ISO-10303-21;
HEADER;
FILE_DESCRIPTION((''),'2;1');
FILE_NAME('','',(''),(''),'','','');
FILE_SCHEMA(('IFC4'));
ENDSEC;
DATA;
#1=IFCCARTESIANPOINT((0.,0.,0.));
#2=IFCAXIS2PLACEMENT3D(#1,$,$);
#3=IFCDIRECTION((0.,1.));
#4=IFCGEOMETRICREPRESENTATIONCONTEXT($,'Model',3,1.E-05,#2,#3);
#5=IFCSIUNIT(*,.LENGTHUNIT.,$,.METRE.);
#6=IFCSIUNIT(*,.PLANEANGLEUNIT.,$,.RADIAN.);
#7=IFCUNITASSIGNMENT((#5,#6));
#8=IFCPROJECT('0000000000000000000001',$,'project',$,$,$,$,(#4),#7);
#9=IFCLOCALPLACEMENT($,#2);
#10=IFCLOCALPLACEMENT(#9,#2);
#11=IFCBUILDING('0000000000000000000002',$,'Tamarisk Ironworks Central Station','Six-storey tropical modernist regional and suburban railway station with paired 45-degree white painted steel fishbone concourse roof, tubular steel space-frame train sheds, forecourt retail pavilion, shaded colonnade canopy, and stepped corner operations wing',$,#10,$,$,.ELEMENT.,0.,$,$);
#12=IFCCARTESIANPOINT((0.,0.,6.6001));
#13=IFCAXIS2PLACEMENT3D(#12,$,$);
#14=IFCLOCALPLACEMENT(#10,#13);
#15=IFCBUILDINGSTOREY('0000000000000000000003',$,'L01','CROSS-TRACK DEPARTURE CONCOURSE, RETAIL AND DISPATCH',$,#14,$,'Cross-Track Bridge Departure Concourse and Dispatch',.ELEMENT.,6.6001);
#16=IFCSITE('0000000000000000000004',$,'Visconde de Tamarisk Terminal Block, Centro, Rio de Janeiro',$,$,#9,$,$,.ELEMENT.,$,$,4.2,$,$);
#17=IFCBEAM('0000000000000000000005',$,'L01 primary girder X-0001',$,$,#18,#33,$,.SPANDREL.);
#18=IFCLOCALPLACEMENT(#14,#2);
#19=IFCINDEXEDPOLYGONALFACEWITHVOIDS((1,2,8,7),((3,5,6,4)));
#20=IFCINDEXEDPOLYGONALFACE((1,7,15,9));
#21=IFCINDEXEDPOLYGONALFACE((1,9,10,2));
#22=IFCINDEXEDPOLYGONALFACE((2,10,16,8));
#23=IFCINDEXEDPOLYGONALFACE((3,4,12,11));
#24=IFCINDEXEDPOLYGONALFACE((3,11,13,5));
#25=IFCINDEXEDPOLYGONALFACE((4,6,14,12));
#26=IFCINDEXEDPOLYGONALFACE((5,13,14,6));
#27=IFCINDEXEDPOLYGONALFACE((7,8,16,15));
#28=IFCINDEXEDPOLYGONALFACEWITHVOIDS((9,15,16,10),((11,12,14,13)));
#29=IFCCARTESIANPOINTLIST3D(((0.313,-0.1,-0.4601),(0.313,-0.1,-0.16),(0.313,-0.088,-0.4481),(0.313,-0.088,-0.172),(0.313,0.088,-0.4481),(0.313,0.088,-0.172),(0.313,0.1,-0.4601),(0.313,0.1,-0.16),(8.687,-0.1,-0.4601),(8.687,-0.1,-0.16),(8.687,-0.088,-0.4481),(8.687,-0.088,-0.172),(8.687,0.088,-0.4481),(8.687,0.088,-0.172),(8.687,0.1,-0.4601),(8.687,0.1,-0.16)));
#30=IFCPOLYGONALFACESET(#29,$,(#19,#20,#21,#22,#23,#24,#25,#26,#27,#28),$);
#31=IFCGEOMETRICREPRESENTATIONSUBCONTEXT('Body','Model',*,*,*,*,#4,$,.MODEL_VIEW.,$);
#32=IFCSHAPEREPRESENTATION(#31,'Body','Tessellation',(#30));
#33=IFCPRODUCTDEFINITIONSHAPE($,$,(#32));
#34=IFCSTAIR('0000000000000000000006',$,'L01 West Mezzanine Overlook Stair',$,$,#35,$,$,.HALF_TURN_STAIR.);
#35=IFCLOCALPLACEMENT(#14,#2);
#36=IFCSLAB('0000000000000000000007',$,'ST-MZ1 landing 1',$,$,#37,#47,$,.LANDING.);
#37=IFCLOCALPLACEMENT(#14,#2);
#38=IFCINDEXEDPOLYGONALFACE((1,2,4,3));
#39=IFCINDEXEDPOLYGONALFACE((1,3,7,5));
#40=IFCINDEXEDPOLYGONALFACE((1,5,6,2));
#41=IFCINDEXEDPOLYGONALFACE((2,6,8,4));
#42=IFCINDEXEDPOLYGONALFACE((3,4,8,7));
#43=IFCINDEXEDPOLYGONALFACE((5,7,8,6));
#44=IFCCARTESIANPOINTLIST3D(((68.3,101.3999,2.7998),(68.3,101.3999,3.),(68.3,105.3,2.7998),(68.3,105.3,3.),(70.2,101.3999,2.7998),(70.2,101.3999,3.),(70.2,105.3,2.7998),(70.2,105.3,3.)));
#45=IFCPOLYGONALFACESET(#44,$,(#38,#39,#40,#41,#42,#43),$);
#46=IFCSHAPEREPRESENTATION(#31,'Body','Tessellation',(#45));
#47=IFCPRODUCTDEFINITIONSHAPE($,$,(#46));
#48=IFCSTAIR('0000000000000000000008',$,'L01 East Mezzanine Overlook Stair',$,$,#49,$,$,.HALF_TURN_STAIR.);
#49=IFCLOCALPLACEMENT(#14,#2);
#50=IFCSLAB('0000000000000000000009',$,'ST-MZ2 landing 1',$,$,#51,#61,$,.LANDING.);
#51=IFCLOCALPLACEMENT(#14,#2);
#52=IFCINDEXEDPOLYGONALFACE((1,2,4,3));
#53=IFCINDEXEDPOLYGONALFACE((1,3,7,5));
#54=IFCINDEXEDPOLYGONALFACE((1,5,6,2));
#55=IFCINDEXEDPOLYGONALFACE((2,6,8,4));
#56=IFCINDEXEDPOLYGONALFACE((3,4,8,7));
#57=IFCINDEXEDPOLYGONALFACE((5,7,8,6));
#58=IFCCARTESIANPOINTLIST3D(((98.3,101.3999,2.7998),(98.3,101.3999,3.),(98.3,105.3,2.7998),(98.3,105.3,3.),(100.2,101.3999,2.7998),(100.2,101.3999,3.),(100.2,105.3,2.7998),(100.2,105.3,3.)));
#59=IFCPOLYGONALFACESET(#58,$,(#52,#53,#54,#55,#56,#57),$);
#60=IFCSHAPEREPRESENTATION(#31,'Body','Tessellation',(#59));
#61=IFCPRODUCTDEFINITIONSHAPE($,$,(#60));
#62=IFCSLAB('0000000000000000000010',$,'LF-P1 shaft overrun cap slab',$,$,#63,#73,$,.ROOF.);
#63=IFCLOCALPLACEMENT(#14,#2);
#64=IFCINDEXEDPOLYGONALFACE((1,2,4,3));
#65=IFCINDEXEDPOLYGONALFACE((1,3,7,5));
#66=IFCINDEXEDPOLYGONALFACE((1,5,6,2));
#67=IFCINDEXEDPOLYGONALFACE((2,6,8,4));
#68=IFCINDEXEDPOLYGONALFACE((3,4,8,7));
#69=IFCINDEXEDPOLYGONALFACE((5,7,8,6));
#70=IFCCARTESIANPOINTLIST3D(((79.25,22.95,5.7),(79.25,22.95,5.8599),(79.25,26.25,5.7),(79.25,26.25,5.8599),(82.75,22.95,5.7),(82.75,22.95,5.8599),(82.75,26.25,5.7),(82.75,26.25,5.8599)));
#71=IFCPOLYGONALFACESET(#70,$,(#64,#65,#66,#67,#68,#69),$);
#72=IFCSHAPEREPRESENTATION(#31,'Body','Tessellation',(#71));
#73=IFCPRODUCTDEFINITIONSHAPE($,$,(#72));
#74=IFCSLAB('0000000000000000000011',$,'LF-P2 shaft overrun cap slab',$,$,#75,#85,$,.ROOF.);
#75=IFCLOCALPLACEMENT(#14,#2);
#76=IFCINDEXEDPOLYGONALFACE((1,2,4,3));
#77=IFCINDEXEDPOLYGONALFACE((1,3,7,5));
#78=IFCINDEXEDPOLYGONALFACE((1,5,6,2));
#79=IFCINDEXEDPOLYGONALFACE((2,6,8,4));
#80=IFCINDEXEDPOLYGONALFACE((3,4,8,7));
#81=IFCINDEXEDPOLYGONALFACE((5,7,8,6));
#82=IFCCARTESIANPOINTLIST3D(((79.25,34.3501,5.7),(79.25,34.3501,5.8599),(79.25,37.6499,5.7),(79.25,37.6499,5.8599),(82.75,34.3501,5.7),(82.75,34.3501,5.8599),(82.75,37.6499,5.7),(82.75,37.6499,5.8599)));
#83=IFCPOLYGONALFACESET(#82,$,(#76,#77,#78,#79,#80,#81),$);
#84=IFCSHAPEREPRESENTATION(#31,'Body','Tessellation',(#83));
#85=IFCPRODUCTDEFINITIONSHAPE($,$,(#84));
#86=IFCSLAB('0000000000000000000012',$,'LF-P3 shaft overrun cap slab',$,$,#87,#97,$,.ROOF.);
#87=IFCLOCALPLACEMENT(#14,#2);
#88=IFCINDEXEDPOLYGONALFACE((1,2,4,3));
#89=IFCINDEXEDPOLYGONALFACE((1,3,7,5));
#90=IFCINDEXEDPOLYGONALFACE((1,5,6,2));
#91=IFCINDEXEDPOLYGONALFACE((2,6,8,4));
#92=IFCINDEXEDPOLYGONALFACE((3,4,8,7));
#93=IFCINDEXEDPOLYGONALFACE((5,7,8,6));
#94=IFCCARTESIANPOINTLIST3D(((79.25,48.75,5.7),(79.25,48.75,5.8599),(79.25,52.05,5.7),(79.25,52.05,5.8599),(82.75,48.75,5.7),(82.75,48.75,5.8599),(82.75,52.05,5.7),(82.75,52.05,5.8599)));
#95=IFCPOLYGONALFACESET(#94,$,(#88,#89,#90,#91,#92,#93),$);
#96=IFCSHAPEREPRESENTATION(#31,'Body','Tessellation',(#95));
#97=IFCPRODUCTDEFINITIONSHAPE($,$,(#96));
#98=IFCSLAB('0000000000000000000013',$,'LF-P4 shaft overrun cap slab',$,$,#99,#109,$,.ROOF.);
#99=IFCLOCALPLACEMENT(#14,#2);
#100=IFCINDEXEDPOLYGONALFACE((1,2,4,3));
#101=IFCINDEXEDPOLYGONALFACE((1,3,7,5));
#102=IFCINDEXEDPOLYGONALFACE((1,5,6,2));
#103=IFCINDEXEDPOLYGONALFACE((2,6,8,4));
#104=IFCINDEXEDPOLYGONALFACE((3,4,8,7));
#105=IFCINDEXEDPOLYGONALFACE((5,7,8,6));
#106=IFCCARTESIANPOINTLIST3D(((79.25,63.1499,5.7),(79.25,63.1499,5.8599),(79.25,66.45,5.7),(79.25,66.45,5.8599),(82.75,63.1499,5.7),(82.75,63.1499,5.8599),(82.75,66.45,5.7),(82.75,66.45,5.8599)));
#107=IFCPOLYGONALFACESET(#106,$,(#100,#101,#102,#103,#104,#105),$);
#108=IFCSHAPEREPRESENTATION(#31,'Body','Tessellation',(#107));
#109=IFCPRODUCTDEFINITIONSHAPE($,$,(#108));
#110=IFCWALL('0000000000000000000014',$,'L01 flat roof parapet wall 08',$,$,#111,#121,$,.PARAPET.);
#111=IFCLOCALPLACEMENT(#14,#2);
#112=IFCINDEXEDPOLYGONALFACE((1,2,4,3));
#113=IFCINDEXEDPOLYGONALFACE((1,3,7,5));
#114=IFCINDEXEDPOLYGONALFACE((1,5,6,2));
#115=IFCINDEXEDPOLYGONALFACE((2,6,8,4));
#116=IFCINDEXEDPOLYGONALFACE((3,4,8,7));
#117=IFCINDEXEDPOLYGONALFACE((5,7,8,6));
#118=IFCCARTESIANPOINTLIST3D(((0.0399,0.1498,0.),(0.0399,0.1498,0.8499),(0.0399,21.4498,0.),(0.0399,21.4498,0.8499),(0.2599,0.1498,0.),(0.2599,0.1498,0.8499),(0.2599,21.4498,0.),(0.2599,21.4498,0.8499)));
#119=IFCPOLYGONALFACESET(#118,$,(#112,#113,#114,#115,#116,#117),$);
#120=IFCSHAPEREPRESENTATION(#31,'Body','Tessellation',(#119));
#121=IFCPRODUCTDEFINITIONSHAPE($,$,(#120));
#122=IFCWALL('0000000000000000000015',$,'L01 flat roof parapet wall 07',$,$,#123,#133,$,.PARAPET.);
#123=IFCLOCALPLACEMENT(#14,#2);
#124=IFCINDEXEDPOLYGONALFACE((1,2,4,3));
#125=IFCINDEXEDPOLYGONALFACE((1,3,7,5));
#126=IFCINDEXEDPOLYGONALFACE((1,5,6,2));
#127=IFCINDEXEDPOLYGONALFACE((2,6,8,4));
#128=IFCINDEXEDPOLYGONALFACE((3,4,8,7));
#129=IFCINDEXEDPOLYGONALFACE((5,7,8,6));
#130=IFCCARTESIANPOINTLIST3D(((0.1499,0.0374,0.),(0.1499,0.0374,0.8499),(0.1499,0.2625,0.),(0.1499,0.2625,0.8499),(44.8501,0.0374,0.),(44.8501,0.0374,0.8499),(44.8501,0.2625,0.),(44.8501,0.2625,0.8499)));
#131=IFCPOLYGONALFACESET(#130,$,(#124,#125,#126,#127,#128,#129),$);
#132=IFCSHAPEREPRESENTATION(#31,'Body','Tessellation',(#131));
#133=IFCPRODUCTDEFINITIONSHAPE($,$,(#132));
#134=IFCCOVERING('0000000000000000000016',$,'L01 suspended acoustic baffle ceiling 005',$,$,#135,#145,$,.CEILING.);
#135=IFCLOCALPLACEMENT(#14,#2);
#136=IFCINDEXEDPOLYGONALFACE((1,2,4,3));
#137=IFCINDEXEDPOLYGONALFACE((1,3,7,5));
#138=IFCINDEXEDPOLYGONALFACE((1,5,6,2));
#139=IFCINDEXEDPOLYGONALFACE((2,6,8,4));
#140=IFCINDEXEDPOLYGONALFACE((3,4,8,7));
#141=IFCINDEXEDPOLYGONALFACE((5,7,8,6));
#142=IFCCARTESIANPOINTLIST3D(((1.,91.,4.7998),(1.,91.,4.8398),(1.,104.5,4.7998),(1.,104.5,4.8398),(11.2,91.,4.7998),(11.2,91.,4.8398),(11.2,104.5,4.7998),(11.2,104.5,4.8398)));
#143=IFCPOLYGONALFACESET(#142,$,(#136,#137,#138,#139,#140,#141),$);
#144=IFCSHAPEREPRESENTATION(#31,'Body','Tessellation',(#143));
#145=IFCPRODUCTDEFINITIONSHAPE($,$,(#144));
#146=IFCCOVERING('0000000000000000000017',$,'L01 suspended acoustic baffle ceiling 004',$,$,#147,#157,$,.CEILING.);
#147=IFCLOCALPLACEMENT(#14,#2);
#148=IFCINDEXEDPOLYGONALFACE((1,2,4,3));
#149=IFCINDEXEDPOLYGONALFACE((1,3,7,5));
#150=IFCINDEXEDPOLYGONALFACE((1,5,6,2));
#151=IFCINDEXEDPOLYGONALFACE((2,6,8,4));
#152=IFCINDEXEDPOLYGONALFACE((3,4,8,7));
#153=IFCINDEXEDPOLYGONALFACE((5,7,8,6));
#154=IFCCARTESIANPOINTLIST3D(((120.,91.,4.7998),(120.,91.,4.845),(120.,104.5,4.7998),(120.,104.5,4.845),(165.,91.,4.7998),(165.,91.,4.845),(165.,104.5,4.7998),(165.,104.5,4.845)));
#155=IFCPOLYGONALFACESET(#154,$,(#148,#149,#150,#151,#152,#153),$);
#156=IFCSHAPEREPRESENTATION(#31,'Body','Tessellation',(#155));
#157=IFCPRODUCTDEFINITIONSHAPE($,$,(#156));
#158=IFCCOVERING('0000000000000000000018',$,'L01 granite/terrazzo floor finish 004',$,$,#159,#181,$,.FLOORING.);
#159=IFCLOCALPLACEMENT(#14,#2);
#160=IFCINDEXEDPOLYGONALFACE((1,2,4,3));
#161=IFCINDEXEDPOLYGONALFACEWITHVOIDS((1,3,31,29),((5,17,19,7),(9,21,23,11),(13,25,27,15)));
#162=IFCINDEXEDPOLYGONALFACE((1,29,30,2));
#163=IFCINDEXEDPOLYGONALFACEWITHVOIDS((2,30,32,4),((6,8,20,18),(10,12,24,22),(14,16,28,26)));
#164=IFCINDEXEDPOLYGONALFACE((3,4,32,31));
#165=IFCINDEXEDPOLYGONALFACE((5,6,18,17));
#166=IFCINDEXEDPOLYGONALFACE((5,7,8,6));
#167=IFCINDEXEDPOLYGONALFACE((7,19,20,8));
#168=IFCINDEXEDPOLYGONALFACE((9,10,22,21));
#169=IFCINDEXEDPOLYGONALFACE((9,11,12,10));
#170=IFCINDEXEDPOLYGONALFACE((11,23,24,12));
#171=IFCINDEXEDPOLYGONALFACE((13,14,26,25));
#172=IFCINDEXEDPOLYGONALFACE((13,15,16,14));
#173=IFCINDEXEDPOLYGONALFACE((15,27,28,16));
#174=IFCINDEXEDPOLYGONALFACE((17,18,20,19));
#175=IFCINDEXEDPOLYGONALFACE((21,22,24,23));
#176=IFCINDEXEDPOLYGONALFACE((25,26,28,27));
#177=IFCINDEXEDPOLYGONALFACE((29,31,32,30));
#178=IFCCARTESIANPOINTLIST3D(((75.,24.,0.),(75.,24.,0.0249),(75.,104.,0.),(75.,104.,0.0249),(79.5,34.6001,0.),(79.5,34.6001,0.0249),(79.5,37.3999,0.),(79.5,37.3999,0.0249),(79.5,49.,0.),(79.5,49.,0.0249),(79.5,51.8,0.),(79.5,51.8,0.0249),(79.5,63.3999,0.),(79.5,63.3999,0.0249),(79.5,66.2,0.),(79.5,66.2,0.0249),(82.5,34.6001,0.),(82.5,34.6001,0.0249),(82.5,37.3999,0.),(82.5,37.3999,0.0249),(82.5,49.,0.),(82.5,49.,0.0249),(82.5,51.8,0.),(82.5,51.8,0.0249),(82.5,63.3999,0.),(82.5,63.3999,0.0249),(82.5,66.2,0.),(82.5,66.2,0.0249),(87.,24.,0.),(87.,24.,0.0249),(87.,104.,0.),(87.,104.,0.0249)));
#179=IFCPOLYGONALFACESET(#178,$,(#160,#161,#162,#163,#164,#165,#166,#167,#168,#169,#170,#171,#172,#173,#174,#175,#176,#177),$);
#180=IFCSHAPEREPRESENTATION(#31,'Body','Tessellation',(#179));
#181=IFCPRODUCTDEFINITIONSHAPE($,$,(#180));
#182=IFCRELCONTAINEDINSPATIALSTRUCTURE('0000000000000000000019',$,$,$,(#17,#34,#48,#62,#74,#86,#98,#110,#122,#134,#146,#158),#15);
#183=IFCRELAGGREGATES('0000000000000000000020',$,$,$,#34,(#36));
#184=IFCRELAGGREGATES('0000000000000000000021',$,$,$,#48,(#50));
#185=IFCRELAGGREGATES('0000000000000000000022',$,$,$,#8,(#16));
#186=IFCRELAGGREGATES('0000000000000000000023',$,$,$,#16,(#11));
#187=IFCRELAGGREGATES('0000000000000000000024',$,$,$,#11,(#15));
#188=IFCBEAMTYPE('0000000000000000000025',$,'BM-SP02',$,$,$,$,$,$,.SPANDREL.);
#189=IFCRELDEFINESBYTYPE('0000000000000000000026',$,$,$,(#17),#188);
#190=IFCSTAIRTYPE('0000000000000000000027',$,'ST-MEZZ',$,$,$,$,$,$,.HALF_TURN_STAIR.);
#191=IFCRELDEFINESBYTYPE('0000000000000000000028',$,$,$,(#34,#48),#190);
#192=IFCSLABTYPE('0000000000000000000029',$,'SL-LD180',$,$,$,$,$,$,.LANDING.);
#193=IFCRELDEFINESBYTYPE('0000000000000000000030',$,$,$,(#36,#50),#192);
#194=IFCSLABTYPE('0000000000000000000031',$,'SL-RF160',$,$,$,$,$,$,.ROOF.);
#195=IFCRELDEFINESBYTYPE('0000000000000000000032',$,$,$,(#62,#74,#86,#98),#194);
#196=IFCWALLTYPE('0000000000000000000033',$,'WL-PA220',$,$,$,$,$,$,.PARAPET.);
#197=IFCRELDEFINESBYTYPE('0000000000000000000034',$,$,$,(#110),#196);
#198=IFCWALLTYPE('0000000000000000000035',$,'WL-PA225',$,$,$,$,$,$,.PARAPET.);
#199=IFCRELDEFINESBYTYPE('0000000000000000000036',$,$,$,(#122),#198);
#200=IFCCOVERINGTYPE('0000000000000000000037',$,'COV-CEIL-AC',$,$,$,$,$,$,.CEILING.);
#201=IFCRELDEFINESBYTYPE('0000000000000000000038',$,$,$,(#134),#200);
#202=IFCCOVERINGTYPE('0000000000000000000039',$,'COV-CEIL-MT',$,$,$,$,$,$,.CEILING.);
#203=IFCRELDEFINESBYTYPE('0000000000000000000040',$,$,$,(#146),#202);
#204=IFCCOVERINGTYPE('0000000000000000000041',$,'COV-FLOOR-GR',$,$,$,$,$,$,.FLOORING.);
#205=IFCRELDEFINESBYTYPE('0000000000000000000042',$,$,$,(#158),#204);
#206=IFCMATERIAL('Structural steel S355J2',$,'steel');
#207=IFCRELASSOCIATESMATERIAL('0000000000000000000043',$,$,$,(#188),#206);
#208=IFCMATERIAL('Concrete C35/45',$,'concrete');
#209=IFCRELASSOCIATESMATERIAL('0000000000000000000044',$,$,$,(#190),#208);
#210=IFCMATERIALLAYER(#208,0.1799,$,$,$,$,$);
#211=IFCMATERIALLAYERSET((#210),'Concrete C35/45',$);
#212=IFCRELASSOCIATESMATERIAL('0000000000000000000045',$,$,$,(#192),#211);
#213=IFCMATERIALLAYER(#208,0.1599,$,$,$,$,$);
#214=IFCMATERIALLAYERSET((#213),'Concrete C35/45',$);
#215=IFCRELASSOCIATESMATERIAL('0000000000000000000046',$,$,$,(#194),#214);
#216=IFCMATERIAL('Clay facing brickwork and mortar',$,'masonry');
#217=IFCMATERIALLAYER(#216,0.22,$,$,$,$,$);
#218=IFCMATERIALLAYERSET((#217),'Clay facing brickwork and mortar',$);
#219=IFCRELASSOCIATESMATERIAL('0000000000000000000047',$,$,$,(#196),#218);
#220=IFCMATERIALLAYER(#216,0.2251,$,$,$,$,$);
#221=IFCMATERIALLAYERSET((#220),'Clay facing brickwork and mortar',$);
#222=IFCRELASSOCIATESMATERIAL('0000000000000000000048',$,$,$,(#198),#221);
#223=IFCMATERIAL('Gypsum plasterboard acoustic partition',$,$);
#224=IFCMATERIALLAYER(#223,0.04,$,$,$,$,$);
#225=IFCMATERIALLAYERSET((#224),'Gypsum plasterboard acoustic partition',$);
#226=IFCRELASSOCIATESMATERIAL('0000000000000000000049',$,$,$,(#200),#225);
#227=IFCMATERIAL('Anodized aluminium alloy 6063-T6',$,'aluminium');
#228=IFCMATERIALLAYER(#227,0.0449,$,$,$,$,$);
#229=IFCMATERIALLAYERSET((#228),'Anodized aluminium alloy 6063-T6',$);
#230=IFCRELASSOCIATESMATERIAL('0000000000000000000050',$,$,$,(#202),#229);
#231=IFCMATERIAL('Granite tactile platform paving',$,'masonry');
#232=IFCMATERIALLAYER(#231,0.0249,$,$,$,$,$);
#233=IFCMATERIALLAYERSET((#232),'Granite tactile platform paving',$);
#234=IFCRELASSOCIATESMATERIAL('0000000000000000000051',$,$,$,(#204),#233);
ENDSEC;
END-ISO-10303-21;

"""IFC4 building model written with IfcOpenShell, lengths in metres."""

from ifc_helpers import new_model, si_unit, direction, frame, frame_2d, origin, origin_2d, place, context, subcontext, project, spatial, polyline, rectangle, hollow_rectangle, outline, extrude, material, layer, layer_set, material_profile, profile_set, type_object, element, aggregate, save


model = new_model("IFC4")

# Units and contexts
model_context = context("Model", 3, precision=1e-05, world=origin(), true_north=direction((0.0, 1.0)))
body_context = subcontext(model_context, "Body", "Model", "MODEL_VIEW")
ifc_project = project(units=[si_unit("LENGTHUNIT", "METRE"), si_unit("PLANEANGLEUNIT", "RADIAN")], contexts=[model_context])

# Site, building, storey
site_placement = place(None, origin())
site = spatial("IfcSite", under=ifc_project, at=site_placement, Name="Visconde de Tamarisk Terminal Block, Centro, Rio de Janeiro", CompositionType="ELEMENT", RefElevation=4.2)
building_placement = place(site_placement, origin())
building = spatial("IfcBuilding", under=site, at=building_placement, Name="Tamarisk Ironworks Central Station", Description="Six-storey tropical modernist regional and suburban railway station with paired 45-degree white painted steel fishbone concourse roof, tubular steel space-frame train sheds, forecourt retail pavilion, shaded colonnade canopy, and stepped corner operations wing", CompositionType="ELEMENT", ElevationOfRefHeight=0.0)
storey_placement = place(building_placement, frame((0.0, 0.0, 6.6001)))
storey = spatial("IfcBuildingStorey", under=building, at=storey_placement, Name="L01", Description="CROSS-TRACK DEPARTURE CONCOURSE, RETAIL AND DISPATCH", LongName="Cross-Track Bridge Departure Concourse and Dispatch", CompositionType="ELEMENT", Elevation=6.6001)

# Beam
ifc_material_1 = material(Name="Structural steel S355J2", Category="steel")
ifc_material_profile_1 = material_profile(ifc_material_1, hollow_rectangle(XDim=0.2, YDim=0.3, WallThickness=0.012, at=origin_2d()), Name="RHS 300x200x12")
ifc_profile_set_1 = profile_set([ifc_material_profile_1], Name="Structural steel S355J2")
beam_type_1 = type_object("IfcBeamType", Name="BM-SP02", PredefinedType="SPANDREL", material=ifc_profile_set_1)
beam_1_placement = place(storey_placement, frame((0.313, 0.0, -0.3101), z_axis=(1.0, 0.0, 0.0), x_axis=(0.0, 1.0, 0.0)))
element("IfcBeam", 1, at=beam_1_placement, inside=storey, type_object=beam_type_1, Name="L01 primary girder X-0001", PredefinedType="SPANDREL", context=body_context, shape_type="SweptSolid", body=[
    extrude(hollow_rectangle(XDim=0.2, YDim=0.3, WallThickness=0.012, at=origin_2d()), origin(), (0.0, 0.0, 1.0), 8.374),
])

# Stairs, slabs
ifc_material_2 = material(Name="Concrete C35/45", Category="concrete")
stair_type = type_object("IfcStairType", Name="ST-MEZZ", PredefinedType="HALF_TURN_STAIR", material=ifc_material_2)
stair_1_placement = place(storey_placement, origin())
stair_1 = element("IfcStair", 2, at=stair_1_placement, inside=storey, type_object=stair_type, Name="L01 West Mezzanine Overlook Stair", PredefinedType="HALF_TURN_STAIR")
ifc_layer_1 = layer(ifc_material_2, 0.1799)
ifc_layer_set_1 = layer_set([ifc_layer_1], Name="Concrete C35/45")
slab_type_1 = type_object("IfcSlabType", Name="SL-LD180", PredefinedType="LANDING", material=ifc_layer_set_1)
slab_1_placement = place(storey_placement, frame((0.0, 0.0, 2.7998)))
slab_1 = element("IfcSlab", 3, at=slab_1_placement, type_object=slab_type_1, Name="ST-MZ1 landing 1", PredefinedType="LANDING", context=body_context, shape_type="SweptSolid", body=[
    extrude(outline(polyline([(68.3, 101.3999), (70.2, 101.3999), (70.2, 105.3), (68.3, 105.3), (68.3, 101.3999)])), origin(), (0.0, 0.0, 1.0), 0.2002),
])
aggregate(stair_1, [slab_1])
stair_2_placement = place(storey_placement, origin())
stair_2 = element("IfcStair", 4, at=stair_2_placement, inside=storey, type_object=stair_type, Name="L01 East Mezzanine Overlook Stair", PredefinedType="HALF_TURN_STAIR")
slab_2_placement = place(storey_placement, frame((0.0, 0.0, 2.7998)))
slab_2 = element("IfcSlab", 5, at=slab_2_placement, type_object=slab_type_1, Name="ST-MZ2 landing 1", PredefinedType="LANDING", context=body_context, shape_type="SweptSolid", body=[
    extrude(outline(polyline([(98.3, 101.3999), (100.2, 101.3999), (100.2, 105.3), (98.3, 105.3), (98.3, 101.3999)])), origin(), (0.0, 0.0, 1.0), 0.2002),
])
aggregate(stair_2, [slab_2])

# Slabs
ifc_layer_2 = layer(ifc_material_2, 0.1599)
ifc_layer_set_2 = layer_set([ifc_layer_2], Name="Concrete C35/45")
slab_type_2 = type_object("IfcSlabType", Name="SL-RF160", PredefinedType="ROOF", material=ifc_layer_set_2)
slab_3_placement = place(storey_placement, frame((0.0, 0.0, 5.7)))
element("IfcSlab", 6, at=slab_3_placement, inside=storey, type_object=slab_type_2, Name="LF-P1 shaft overrun cap slab", PredefinedType="ROOF", context=body_context, shape_type="SweptSolid", body=[
    extrude(outline(polyline([(79.25, 22.95), (82.75, 22.95), (82.75, 26.25), (79.25, 26.25), (79.25, 22.95)])), origin(), (0.0, 0.0, 1.0), 0.1599),
])
slab_4_placement = place(storey_placement, frame((0.0, 0.0, 5.7)))
element("IfcSlab", 7, at=slab_4_placement, inside=storey, type_object=slab_type_2, Name="LF-P2 shaft overrun cap slab", PredefinedType="ROOF", context=body_context, shape_type="SweptSolid", body=[
    extrude(outline(polyline([(79.25, 34.3501), (82.75, 34.3501), (82.75, 37.6499), (79.25, 37.6499), (79.25, 34.3501)])), origin(), (0.0, 0.0, 1.0), 0.1599),
])
slab_5_placement = place(storey_placement, frame((0.0, 0.0, 5.7)))
element("IfcSlab", 8, at=slab_5_placement, inside=storey, type_object=slab_type_2, Name="LF-P3 shaft overrun cap slab", PredefinedType="ROOF", context=body_context, shape_type="SweptSolid", body=[
    extrude(outline(polyline([(79.25, 48.75), (82.75, 48.75), (82.75, 52.05), (79.25, 52.05), (79.25, 48.75)])), origin(), (0.0, 0.0, 1.0), 0.1599),
])
slab_6_placement = place(storey_placement, frame((0.0, 0.0, 5.7)))
element("IfcSlab", 9, at=slab_6_placement, inside=storey, type_object=slab_type_2, Name="LF-P4 shaft overrun cap slab", PredefinedType="ROOF", context=body_context, shape_type="SweptSolid", body=[
    extrude(outline(polyline([(79.25, 63.1499), (82.75, 63.1499), (82.75, 66.45), (79.25, 66.45), (79.25, 63.1499)])), origin(), (0.0, 0.0, 1.0), 0.1599),
])

# Walls
ifc_material_3 = material(Name="Clay facing brickwork and mortar", Category="masonry")
ifc_layer_3 = layer(ifc_material_3, 0.22)
ifc_layer_set_3 = layer_set([ifc_layer_3], Name="Clay facing brickwork and mortar")
wall_type_1 = type_object("IfcWallType", Name="WL-PA220", PredefinedType="PARAPET", material=ifc_layer_set_3)
wall_1_placement = place(storey_placement, frame((0.1499, 0.1499, 0.0), z_axis=(0.0, 0.0, 1.0), x_axis=(0.0, 1.0, 0.0)))
element("IfcWall", 10, at=wall_1_placement, inside=storey, type_object=wall_type_1, Name="L01 flat roof parapet wall 08", PredefinedType="PARAPET", context=body_context, shape_type="SweptSolid", body=[
    extrude(rectangle(XDim=21.3, YDim=0.22, at=frame_2d((10.6499, 0.0))), origin(), (0.0, 0.0, 1.0), 0.8499),
])
ifc_layer_4 = layer(ifc_material_3, 0.2251)
ifc_layer_set_4 = layer_set([ifc_layer_4], Name="Clay facing brickwork and mortar")
wall_type_2 = type_object("IfcWallType", Name="WL-PA225", PredefinedType="PARAPET", material=ifc_layer_set_4)
wall_2_placement = place(storey_placement, frame((0.1499, 0.1499, 0.0), z_axis=(0.0, 0.0, 1.0), x_axis=(1.0, 0.0, 0.0)))
element("IfcWall", 11, at=wall_2_placement, inside=storey, type_object=wall_type_2, Name="L01 flat roof parapet wall 07", PredefinedType="PARAPET", context=body_context, shape_type="SweptSolid", body=[
    extrude(rectangle(XDim=44.7002, YDim=0.2251, at=frame_2d((22.3501, 0.0))), origin(), (0.0, 0.0, 1.0), 0.8499),
])

# Coverings
ifc_material_4 = material(Name="Gypsum plasterboard acoustic partition")
ifc_layer_5 = layer(ifc_material_4, 0.04)
ifc_layer_set_5 = layer_set([ifc_layer_5], Name="Gypsum plasterboard acoustic partition")
covering_type_1 = type_object("IfcCoveringType", Name="COV-CEIL-AC", PredefinedType="CEILING", material=ifc_layer_set_5)
covering_1_placement = place(storey_placement, frame((0.0, 0.0, 4.7998)))
element("IfcCovering", 12, at=covering_1_placement, inside=storey, type_object=covering_type_1, Name="L01 suspended acoustic baffle ceiling 005", PredefinedType="CEILING", context=body_context, shape_type="SweptSolid", body=[
    extrude(outline(polyline([(1.0, 91.0), (11.2, 91.0), (11.2, 104.5), (1.0, 104.5), (1.0, 91.0)])), origin(), (0.0, 0.0, 1.0), 0.04),
])
ifc_material_5 = material(Name="Anodized aluminium alloy 6063-T6", Category="aluminium")
ifc_layer_6 = layer(ifc_material_5, 0.0449)
ifc_layer_set_6 = layer_set([ifc_layer_6], Name="Anodized aluminium alloy 6063-T6")
covering_type_2 = type_object("IfcCoveringType", Name="COV-CEIL-MT", PredefinedType="CEILING", material=ifc_layer_set_6)
covering_2_placement = place(storey_placement, frame((0.0, 0.0, 4.7998)))
element("IfcCovering", 13, at=covering_2_placement, inside=storey, type_object=covering_type_2, Name="L01 suspended acoustic baffle ceiling 004", PredefinedType="CEILING", context=body_context, shape_type="SweptSolid", body=[
    extrude(outline(polyline([(120.0, 91.0), (165.0, 91.0), (165.0, 104.5), (120.0, 104.5), (120.0, 91.0)])), origin(), (0.0, 0.0, 1.0), 0.0452),
])
ifc_material_6 = material(Name="Granite tactile platform paving", Category="masonry")
ifc_layer_7 = layer(ifc_material_6, 0.0249)
ifc_layer_set_7 = layer_set([ifc_layer_7], Name="Granite tactile platform paving")
covering_type_3 = type_object("IfcCoveringType", Name="COV-FLOOR-GR", PredefinedType="FLOORING", material=ifc_layer_set_7)
covering_3_placement = place(storey_placement, origin())
element("IfcCovering", 14, at=covering_3_placement, inside=storey, type_object=covering_type_3, Name="L01 granite/terrazzo floor finish 004", PredefinedType="FLOORING", context=body_context, shape_type="SweptSolid", body=[
    extrude(outline(polyline([(75.0, 24.0), (87.0, 24.0), (87.0, 104.0), (75.0, 104.0), (75.0, 24.0)]), holes=[polyline([(79.5, 34.6001), (82.5, 34.6001), (82.5, 37.3999), (79.5, 37.3999), (79.5, 34.6001)]), polyline([(79.5, 49.0), (82.5, 49.0), (82.5, 51.8), (79.5, 51.8), (79.5, 49.0)]), polyline([(79.5, 63.3999), (82.5, 63.3999), (82.5, 66.2), (79.5, 66.2), (79.5, 63.3999)])]), origin(), (0.0, 0.0, 1.0), 0.0249),
])

save(model, "model.ifc")
